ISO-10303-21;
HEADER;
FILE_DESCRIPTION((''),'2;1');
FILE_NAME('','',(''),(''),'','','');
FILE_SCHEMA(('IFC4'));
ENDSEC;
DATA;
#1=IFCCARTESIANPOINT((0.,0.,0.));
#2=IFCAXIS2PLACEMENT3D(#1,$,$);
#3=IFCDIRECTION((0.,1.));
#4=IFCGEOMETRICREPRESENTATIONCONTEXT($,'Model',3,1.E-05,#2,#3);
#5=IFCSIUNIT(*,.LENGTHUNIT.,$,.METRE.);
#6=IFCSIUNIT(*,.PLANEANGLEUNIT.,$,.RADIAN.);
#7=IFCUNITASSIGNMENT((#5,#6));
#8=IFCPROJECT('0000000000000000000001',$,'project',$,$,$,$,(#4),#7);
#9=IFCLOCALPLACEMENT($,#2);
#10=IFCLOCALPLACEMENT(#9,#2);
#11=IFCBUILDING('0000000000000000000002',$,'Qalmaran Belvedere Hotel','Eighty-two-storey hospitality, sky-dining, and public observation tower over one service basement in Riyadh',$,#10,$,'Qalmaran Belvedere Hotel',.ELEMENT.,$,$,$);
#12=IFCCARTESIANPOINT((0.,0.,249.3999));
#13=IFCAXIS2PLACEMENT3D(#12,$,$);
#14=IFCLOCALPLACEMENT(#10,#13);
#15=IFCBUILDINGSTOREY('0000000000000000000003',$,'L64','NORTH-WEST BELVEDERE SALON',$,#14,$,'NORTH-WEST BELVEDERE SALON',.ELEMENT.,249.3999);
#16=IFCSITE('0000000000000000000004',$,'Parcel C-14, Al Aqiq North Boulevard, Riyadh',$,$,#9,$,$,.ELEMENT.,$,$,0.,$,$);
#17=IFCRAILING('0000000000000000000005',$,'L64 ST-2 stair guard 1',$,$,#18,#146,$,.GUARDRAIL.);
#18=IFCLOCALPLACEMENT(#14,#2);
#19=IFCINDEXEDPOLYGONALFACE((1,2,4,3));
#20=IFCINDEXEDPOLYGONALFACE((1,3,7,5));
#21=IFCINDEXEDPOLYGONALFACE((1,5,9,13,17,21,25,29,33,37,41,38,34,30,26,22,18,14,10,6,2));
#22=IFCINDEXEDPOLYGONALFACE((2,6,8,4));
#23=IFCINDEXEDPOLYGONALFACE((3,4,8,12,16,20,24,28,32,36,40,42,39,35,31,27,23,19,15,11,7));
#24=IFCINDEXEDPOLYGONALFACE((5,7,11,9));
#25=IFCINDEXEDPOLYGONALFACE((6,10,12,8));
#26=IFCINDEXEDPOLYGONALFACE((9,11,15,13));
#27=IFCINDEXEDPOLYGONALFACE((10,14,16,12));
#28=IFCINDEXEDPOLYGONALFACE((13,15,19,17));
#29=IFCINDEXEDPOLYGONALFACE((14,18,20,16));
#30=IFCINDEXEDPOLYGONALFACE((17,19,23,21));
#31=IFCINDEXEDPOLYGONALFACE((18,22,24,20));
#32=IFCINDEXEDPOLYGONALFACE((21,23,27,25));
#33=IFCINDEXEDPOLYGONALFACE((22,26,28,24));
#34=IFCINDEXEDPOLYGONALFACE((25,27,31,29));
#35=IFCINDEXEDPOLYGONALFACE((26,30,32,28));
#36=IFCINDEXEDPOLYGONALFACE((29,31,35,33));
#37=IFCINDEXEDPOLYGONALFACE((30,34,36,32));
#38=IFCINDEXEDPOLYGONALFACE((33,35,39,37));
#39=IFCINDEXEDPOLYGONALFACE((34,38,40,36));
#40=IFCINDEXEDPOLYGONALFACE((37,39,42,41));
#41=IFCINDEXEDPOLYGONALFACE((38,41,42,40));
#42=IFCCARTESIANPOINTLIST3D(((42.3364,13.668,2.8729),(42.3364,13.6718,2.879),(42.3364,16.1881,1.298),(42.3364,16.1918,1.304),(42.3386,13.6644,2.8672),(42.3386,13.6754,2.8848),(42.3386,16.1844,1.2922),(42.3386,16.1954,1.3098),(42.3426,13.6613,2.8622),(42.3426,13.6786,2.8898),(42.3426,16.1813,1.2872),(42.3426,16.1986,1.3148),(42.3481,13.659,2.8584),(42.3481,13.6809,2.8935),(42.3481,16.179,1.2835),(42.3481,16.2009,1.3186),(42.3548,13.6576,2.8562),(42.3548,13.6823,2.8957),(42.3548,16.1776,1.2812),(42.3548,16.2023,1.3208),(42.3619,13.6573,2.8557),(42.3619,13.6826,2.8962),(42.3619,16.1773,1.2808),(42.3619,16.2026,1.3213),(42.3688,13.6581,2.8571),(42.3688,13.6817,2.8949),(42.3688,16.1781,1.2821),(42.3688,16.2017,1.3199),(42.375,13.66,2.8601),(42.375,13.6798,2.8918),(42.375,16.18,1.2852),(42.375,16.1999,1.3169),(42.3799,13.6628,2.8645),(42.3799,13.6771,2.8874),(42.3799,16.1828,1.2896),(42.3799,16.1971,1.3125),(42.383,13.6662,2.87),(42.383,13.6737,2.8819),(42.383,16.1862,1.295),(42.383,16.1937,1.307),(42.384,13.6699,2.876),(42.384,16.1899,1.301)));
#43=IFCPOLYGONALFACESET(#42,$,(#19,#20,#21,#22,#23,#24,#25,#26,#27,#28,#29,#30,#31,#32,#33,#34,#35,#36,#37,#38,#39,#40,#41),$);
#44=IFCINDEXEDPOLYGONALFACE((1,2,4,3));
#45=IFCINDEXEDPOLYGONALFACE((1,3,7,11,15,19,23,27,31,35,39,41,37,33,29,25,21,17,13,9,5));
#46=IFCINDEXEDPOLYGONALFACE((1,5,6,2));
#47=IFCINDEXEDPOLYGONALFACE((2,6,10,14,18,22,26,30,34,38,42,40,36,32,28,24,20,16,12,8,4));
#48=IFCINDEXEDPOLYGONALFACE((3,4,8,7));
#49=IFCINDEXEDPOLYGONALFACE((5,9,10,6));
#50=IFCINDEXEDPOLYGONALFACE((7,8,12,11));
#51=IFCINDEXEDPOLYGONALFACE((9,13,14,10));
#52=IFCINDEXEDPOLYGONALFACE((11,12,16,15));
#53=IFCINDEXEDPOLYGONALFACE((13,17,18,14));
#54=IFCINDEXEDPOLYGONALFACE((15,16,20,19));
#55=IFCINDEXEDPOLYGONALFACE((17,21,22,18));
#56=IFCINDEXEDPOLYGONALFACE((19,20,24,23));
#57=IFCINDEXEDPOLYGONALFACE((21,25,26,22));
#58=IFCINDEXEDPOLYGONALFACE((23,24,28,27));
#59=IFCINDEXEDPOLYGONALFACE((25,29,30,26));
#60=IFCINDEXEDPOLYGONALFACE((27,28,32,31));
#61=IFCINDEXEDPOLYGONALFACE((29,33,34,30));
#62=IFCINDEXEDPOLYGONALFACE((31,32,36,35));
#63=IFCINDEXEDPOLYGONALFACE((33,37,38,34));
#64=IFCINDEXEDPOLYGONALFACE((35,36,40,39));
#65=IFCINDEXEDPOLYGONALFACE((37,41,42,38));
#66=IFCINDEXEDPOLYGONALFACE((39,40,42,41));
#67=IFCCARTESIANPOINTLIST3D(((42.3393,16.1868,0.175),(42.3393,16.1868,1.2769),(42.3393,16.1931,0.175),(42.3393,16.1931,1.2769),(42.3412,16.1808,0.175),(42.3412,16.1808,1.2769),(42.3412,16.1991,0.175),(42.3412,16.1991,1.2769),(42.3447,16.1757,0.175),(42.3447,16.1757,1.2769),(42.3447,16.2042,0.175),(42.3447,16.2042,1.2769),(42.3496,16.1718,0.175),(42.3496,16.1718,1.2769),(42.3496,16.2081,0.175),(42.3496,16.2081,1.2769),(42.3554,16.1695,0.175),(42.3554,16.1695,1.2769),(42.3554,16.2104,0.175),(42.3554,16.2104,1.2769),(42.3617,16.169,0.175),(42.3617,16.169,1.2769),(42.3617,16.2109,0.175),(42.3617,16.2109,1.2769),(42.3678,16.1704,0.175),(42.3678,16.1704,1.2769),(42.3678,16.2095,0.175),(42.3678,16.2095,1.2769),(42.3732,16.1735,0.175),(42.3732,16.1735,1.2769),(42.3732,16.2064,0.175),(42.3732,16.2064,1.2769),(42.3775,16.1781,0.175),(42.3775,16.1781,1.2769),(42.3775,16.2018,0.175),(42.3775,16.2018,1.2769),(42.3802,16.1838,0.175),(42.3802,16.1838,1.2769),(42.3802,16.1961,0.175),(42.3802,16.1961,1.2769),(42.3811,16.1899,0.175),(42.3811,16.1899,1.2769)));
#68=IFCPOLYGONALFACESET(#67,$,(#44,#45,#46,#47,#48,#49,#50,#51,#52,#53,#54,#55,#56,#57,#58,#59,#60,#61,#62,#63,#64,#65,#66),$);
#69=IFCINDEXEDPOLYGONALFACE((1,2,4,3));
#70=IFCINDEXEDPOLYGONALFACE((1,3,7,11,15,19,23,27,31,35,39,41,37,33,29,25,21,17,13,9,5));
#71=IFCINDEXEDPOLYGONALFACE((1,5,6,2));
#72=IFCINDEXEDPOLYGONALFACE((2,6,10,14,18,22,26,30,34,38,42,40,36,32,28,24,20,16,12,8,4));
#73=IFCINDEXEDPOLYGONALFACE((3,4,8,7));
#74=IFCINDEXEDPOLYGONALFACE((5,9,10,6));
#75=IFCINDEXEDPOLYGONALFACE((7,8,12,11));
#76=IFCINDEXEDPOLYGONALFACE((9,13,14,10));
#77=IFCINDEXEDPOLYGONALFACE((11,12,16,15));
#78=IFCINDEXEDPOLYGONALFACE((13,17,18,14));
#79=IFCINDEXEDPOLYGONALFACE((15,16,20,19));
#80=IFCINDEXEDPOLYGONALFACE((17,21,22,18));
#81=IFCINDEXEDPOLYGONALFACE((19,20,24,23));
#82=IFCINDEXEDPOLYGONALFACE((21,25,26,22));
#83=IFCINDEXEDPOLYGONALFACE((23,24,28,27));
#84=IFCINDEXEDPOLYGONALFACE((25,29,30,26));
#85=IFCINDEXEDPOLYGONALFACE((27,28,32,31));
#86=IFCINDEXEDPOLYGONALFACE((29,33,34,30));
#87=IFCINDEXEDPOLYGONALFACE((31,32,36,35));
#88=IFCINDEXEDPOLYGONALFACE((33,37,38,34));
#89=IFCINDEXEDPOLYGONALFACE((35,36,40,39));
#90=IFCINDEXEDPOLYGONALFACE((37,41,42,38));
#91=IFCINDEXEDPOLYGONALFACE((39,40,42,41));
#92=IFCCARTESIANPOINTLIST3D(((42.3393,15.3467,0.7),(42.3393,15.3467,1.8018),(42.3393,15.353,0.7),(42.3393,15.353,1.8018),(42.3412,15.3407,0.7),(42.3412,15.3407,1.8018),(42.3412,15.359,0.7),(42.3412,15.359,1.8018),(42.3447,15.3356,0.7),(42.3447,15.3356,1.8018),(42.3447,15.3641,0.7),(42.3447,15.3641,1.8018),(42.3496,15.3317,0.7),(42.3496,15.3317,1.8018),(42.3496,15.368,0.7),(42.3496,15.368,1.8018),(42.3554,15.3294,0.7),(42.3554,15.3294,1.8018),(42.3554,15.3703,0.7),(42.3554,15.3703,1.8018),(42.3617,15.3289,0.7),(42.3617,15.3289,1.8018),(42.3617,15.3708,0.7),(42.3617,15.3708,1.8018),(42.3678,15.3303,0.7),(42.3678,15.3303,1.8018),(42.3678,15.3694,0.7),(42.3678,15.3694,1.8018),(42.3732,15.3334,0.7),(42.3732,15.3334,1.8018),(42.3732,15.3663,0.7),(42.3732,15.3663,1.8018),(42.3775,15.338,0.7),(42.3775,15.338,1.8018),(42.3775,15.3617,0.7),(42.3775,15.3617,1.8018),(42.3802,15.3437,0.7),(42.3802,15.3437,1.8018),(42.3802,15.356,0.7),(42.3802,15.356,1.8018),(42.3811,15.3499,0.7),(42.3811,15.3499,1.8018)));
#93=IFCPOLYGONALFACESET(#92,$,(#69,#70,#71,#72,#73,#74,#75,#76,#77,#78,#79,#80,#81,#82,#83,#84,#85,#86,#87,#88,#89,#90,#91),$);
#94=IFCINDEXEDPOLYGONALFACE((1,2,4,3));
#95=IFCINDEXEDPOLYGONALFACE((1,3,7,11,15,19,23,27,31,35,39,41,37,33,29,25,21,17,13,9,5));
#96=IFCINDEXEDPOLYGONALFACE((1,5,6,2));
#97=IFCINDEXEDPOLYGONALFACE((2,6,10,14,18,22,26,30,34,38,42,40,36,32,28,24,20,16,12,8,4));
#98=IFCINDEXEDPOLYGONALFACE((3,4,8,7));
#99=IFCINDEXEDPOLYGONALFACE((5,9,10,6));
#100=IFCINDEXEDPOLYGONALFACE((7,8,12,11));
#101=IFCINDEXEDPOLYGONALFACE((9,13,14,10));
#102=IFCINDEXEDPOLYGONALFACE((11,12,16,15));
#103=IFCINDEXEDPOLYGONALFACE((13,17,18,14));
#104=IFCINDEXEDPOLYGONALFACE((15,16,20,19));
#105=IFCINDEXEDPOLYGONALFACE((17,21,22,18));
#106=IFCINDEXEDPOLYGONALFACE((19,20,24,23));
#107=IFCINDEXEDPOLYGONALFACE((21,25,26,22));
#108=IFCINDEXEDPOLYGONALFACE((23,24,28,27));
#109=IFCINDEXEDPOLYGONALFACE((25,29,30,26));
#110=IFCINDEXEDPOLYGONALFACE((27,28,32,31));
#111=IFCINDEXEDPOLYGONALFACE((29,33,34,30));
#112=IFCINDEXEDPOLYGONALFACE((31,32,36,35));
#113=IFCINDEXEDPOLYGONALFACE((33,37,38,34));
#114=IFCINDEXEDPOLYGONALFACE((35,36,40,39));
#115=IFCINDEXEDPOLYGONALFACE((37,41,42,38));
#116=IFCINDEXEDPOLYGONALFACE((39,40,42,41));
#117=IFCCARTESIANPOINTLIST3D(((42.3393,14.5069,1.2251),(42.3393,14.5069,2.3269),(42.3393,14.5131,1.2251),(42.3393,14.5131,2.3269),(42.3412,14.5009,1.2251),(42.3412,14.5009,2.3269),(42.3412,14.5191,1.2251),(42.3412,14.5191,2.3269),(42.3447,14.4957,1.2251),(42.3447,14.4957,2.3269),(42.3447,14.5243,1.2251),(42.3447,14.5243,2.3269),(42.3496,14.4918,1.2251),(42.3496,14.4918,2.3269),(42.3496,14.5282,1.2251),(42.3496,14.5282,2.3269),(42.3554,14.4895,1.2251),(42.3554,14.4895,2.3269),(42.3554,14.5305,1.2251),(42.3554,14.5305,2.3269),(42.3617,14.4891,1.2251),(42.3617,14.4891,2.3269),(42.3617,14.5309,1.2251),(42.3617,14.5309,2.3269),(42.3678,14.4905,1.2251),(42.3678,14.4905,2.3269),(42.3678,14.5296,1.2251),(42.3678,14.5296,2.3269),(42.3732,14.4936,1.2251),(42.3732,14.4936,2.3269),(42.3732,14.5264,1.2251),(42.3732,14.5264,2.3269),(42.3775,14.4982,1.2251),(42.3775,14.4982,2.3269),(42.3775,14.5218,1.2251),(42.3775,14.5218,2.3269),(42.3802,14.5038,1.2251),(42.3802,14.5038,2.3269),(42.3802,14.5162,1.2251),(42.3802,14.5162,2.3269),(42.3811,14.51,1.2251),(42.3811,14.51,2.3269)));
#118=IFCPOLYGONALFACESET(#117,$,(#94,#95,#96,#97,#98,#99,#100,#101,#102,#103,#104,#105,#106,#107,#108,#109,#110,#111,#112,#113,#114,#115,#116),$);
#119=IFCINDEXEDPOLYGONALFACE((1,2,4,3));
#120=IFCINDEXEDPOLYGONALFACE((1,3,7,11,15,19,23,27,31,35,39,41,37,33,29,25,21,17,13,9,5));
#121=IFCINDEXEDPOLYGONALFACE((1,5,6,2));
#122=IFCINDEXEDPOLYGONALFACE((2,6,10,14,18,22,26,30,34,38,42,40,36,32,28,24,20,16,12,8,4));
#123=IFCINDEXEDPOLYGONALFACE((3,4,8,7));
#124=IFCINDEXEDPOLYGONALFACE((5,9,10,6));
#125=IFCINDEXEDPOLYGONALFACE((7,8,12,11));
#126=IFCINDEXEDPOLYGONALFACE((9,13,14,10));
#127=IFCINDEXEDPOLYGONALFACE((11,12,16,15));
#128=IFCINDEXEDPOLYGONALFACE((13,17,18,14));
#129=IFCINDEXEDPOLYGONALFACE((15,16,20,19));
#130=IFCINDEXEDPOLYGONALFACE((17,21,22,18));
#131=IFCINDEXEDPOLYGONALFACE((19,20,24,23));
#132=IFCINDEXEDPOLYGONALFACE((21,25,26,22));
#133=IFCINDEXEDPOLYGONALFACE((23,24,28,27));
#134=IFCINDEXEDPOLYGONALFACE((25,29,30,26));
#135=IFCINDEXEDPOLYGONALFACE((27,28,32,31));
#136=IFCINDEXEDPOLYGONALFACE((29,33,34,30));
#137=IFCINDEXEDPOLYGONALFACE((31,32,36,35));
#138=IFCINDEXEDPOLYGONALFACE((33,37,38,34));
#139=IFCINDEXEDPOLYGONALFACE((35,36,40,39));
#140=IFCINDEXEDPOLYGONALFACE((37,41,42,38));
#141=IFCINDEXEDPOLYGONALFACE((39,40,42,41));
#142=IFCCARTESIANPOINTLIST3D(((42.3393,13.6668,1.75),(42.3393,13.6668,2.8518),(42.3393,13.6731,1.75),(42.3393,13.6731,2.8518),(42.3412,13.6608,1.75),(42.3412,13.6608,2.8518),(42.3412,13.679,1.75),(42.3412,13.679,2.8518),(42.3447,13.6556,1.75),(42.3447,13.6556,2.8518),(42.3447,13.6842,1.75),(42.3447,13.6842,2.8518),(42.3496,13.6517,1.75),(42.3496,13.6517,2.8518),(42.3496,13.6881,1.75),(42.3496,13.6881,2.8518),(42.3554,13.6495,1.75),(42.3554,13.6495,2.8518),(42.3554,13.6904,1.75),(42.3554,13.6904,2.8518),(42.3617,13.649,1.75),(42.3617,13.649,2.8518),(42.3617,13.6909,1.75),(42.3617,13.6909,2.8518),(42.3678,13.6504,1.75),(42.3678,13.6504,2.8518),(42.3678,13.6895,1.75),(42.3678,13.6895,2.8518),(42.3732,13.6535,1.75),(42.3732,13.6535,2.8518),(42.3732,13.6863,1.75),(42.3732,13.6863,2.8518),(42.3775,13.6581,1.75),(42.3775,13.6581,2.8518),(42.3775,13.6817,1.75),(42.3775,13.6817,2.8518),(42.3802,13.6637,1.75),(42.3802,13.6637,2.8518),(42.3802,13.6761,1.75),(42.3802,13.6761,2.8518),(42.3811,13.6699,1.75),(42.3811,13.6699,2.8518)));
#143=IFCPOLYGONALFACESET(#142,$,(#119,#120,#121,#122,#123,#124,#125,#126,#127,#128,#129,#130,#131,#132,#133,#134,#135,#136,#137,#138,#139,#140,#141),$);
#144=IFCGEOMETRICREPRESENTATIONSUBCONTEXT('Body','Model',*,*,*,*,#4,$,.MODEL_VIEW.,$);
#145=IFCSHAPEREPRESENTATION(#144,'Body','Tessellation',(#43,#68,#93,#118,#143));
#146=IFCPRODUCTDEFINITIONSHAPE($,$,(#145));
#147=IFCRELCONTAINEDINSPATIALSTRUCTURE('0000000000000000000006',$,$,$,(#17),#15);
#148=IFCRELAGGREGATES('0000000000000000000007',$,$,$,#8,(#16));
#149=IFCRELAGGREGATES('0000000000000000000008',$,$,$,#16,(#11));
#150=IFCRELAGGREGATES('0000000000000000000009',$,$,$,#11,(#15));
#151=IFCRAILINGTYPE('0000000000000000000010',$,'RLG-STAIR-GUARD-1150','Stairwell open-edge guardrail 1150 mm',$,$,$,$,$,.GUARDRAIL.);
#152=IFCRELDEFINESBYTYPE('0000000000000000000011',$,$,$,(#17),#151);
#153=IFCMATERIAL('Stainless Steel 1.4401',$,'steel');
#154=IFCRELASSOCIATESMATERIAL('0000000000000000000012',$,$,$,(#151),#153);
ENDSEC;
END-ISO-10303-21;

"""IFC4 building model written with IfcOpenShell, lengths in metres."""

from ifc_helpers import new_model, si_unit, direction, frame, origin, origin_2d, place, context, subcontext, project, spatial, circle, extrude, material, type_object, element, save


model = new_model("IFC4")

# Units and contexts
model_context = context("Model", 3, precision=1e-05, world=origin(), true_north=direction((0.0, 1.0)))
body_context = subcontext(model_context, "Body", "Model", "MODEL_VIEW")
ifc_project = project(units=[si_unit("LENGTHUNIT", "METRE"), si_unit("PLANEANGLEUNIT", "RADIAN")], contexts=[model_context])

# Site, building, storey
site_placement = place(None, origin())
site = spatial("IfcSite", under=ifc_project, at=site_placement, Name="Parcel C-14, Al Aqiq North Boulevard, Riyadh", CompositionType="ELEMENT", RefElevation=0.0)
building_placement = place(site_placement, origin())
building = spatial("IfcBuilding", under=site, at=building_placement, Name="Qalmaran Belvedere Hotel", Description="Eighty-two-storey hospitality, sky-dining, and public observation tower over one service basement in Riyadh", LongName="Qalmaran Belvedere Hotel", CompositionType="ELEMENT")
storey_placement = place(building_placement, frame((0.0, 0.0, 249.3999)))
storey = spatial("IfcBuildingStorey", under=building, at=storey_placement, Name="L64", Description="NORTH-WEST BELVEDERE SALON", LongName="NORTH-WEST BELVEDERE SALON", CompositionType="ELEMENT", Elevation=249.3999)

# Railing
ifc_material_1 = material(Name="Stainless Steel 1.4401", Category="steel")
railing_type_1 = type_object("IfcRailingType", Name="RLG-STAIR-GUARD-1150", Description="Stairwell open-edge guardrail 1150 mm", PredefinedType="GUARDRAIL", material=ifc_material_1)
railing_1_placement = place(storey_placement, frame((42.3601, 16.1899, 0.175)))
element("IfcRailing", 1, at=railing_1_placement, inside=storey, type_object=railing_type_1, Name="L64 ST-2 stair guard 1", PredefinedType="GUARDRAIL", context=body_context, shape_type="SweptSolid", body=[
    extrude(circle(Radius=0.0239, at=origin_2d()), frame((0.0, 0.0, 1.126), z_axis=(0.0, -0.848008, 0.529984), x_axis=(1.0, 0.0, 0.0)), (0.0, 0.0, 1.0), 2.9717),
    extrude(circle(Radius=0.021, at=origin_2d()), origin(), (0.0, 0.0, 1.0), 1.1018),
    extrude(circle(Radius=0.021, at=origin_2d()), frame((0.0, -0.8401, 0.5249)), (0.0, 0.0, 1.0), 1.1018),
    extrude(circle(Radius=0.021, at=origin_2d()), frame((0.0, -1.6799, 1.05)), (0.0, 0.0, 1.0), 1.1018),
    extrude(circle(Radius=0.021, at=origin_2d()), frame((0.0, -2.52, 1.575)), (0.0, 0.0, 1.0), 1.1018),
])

save(model, "model.ifc")
